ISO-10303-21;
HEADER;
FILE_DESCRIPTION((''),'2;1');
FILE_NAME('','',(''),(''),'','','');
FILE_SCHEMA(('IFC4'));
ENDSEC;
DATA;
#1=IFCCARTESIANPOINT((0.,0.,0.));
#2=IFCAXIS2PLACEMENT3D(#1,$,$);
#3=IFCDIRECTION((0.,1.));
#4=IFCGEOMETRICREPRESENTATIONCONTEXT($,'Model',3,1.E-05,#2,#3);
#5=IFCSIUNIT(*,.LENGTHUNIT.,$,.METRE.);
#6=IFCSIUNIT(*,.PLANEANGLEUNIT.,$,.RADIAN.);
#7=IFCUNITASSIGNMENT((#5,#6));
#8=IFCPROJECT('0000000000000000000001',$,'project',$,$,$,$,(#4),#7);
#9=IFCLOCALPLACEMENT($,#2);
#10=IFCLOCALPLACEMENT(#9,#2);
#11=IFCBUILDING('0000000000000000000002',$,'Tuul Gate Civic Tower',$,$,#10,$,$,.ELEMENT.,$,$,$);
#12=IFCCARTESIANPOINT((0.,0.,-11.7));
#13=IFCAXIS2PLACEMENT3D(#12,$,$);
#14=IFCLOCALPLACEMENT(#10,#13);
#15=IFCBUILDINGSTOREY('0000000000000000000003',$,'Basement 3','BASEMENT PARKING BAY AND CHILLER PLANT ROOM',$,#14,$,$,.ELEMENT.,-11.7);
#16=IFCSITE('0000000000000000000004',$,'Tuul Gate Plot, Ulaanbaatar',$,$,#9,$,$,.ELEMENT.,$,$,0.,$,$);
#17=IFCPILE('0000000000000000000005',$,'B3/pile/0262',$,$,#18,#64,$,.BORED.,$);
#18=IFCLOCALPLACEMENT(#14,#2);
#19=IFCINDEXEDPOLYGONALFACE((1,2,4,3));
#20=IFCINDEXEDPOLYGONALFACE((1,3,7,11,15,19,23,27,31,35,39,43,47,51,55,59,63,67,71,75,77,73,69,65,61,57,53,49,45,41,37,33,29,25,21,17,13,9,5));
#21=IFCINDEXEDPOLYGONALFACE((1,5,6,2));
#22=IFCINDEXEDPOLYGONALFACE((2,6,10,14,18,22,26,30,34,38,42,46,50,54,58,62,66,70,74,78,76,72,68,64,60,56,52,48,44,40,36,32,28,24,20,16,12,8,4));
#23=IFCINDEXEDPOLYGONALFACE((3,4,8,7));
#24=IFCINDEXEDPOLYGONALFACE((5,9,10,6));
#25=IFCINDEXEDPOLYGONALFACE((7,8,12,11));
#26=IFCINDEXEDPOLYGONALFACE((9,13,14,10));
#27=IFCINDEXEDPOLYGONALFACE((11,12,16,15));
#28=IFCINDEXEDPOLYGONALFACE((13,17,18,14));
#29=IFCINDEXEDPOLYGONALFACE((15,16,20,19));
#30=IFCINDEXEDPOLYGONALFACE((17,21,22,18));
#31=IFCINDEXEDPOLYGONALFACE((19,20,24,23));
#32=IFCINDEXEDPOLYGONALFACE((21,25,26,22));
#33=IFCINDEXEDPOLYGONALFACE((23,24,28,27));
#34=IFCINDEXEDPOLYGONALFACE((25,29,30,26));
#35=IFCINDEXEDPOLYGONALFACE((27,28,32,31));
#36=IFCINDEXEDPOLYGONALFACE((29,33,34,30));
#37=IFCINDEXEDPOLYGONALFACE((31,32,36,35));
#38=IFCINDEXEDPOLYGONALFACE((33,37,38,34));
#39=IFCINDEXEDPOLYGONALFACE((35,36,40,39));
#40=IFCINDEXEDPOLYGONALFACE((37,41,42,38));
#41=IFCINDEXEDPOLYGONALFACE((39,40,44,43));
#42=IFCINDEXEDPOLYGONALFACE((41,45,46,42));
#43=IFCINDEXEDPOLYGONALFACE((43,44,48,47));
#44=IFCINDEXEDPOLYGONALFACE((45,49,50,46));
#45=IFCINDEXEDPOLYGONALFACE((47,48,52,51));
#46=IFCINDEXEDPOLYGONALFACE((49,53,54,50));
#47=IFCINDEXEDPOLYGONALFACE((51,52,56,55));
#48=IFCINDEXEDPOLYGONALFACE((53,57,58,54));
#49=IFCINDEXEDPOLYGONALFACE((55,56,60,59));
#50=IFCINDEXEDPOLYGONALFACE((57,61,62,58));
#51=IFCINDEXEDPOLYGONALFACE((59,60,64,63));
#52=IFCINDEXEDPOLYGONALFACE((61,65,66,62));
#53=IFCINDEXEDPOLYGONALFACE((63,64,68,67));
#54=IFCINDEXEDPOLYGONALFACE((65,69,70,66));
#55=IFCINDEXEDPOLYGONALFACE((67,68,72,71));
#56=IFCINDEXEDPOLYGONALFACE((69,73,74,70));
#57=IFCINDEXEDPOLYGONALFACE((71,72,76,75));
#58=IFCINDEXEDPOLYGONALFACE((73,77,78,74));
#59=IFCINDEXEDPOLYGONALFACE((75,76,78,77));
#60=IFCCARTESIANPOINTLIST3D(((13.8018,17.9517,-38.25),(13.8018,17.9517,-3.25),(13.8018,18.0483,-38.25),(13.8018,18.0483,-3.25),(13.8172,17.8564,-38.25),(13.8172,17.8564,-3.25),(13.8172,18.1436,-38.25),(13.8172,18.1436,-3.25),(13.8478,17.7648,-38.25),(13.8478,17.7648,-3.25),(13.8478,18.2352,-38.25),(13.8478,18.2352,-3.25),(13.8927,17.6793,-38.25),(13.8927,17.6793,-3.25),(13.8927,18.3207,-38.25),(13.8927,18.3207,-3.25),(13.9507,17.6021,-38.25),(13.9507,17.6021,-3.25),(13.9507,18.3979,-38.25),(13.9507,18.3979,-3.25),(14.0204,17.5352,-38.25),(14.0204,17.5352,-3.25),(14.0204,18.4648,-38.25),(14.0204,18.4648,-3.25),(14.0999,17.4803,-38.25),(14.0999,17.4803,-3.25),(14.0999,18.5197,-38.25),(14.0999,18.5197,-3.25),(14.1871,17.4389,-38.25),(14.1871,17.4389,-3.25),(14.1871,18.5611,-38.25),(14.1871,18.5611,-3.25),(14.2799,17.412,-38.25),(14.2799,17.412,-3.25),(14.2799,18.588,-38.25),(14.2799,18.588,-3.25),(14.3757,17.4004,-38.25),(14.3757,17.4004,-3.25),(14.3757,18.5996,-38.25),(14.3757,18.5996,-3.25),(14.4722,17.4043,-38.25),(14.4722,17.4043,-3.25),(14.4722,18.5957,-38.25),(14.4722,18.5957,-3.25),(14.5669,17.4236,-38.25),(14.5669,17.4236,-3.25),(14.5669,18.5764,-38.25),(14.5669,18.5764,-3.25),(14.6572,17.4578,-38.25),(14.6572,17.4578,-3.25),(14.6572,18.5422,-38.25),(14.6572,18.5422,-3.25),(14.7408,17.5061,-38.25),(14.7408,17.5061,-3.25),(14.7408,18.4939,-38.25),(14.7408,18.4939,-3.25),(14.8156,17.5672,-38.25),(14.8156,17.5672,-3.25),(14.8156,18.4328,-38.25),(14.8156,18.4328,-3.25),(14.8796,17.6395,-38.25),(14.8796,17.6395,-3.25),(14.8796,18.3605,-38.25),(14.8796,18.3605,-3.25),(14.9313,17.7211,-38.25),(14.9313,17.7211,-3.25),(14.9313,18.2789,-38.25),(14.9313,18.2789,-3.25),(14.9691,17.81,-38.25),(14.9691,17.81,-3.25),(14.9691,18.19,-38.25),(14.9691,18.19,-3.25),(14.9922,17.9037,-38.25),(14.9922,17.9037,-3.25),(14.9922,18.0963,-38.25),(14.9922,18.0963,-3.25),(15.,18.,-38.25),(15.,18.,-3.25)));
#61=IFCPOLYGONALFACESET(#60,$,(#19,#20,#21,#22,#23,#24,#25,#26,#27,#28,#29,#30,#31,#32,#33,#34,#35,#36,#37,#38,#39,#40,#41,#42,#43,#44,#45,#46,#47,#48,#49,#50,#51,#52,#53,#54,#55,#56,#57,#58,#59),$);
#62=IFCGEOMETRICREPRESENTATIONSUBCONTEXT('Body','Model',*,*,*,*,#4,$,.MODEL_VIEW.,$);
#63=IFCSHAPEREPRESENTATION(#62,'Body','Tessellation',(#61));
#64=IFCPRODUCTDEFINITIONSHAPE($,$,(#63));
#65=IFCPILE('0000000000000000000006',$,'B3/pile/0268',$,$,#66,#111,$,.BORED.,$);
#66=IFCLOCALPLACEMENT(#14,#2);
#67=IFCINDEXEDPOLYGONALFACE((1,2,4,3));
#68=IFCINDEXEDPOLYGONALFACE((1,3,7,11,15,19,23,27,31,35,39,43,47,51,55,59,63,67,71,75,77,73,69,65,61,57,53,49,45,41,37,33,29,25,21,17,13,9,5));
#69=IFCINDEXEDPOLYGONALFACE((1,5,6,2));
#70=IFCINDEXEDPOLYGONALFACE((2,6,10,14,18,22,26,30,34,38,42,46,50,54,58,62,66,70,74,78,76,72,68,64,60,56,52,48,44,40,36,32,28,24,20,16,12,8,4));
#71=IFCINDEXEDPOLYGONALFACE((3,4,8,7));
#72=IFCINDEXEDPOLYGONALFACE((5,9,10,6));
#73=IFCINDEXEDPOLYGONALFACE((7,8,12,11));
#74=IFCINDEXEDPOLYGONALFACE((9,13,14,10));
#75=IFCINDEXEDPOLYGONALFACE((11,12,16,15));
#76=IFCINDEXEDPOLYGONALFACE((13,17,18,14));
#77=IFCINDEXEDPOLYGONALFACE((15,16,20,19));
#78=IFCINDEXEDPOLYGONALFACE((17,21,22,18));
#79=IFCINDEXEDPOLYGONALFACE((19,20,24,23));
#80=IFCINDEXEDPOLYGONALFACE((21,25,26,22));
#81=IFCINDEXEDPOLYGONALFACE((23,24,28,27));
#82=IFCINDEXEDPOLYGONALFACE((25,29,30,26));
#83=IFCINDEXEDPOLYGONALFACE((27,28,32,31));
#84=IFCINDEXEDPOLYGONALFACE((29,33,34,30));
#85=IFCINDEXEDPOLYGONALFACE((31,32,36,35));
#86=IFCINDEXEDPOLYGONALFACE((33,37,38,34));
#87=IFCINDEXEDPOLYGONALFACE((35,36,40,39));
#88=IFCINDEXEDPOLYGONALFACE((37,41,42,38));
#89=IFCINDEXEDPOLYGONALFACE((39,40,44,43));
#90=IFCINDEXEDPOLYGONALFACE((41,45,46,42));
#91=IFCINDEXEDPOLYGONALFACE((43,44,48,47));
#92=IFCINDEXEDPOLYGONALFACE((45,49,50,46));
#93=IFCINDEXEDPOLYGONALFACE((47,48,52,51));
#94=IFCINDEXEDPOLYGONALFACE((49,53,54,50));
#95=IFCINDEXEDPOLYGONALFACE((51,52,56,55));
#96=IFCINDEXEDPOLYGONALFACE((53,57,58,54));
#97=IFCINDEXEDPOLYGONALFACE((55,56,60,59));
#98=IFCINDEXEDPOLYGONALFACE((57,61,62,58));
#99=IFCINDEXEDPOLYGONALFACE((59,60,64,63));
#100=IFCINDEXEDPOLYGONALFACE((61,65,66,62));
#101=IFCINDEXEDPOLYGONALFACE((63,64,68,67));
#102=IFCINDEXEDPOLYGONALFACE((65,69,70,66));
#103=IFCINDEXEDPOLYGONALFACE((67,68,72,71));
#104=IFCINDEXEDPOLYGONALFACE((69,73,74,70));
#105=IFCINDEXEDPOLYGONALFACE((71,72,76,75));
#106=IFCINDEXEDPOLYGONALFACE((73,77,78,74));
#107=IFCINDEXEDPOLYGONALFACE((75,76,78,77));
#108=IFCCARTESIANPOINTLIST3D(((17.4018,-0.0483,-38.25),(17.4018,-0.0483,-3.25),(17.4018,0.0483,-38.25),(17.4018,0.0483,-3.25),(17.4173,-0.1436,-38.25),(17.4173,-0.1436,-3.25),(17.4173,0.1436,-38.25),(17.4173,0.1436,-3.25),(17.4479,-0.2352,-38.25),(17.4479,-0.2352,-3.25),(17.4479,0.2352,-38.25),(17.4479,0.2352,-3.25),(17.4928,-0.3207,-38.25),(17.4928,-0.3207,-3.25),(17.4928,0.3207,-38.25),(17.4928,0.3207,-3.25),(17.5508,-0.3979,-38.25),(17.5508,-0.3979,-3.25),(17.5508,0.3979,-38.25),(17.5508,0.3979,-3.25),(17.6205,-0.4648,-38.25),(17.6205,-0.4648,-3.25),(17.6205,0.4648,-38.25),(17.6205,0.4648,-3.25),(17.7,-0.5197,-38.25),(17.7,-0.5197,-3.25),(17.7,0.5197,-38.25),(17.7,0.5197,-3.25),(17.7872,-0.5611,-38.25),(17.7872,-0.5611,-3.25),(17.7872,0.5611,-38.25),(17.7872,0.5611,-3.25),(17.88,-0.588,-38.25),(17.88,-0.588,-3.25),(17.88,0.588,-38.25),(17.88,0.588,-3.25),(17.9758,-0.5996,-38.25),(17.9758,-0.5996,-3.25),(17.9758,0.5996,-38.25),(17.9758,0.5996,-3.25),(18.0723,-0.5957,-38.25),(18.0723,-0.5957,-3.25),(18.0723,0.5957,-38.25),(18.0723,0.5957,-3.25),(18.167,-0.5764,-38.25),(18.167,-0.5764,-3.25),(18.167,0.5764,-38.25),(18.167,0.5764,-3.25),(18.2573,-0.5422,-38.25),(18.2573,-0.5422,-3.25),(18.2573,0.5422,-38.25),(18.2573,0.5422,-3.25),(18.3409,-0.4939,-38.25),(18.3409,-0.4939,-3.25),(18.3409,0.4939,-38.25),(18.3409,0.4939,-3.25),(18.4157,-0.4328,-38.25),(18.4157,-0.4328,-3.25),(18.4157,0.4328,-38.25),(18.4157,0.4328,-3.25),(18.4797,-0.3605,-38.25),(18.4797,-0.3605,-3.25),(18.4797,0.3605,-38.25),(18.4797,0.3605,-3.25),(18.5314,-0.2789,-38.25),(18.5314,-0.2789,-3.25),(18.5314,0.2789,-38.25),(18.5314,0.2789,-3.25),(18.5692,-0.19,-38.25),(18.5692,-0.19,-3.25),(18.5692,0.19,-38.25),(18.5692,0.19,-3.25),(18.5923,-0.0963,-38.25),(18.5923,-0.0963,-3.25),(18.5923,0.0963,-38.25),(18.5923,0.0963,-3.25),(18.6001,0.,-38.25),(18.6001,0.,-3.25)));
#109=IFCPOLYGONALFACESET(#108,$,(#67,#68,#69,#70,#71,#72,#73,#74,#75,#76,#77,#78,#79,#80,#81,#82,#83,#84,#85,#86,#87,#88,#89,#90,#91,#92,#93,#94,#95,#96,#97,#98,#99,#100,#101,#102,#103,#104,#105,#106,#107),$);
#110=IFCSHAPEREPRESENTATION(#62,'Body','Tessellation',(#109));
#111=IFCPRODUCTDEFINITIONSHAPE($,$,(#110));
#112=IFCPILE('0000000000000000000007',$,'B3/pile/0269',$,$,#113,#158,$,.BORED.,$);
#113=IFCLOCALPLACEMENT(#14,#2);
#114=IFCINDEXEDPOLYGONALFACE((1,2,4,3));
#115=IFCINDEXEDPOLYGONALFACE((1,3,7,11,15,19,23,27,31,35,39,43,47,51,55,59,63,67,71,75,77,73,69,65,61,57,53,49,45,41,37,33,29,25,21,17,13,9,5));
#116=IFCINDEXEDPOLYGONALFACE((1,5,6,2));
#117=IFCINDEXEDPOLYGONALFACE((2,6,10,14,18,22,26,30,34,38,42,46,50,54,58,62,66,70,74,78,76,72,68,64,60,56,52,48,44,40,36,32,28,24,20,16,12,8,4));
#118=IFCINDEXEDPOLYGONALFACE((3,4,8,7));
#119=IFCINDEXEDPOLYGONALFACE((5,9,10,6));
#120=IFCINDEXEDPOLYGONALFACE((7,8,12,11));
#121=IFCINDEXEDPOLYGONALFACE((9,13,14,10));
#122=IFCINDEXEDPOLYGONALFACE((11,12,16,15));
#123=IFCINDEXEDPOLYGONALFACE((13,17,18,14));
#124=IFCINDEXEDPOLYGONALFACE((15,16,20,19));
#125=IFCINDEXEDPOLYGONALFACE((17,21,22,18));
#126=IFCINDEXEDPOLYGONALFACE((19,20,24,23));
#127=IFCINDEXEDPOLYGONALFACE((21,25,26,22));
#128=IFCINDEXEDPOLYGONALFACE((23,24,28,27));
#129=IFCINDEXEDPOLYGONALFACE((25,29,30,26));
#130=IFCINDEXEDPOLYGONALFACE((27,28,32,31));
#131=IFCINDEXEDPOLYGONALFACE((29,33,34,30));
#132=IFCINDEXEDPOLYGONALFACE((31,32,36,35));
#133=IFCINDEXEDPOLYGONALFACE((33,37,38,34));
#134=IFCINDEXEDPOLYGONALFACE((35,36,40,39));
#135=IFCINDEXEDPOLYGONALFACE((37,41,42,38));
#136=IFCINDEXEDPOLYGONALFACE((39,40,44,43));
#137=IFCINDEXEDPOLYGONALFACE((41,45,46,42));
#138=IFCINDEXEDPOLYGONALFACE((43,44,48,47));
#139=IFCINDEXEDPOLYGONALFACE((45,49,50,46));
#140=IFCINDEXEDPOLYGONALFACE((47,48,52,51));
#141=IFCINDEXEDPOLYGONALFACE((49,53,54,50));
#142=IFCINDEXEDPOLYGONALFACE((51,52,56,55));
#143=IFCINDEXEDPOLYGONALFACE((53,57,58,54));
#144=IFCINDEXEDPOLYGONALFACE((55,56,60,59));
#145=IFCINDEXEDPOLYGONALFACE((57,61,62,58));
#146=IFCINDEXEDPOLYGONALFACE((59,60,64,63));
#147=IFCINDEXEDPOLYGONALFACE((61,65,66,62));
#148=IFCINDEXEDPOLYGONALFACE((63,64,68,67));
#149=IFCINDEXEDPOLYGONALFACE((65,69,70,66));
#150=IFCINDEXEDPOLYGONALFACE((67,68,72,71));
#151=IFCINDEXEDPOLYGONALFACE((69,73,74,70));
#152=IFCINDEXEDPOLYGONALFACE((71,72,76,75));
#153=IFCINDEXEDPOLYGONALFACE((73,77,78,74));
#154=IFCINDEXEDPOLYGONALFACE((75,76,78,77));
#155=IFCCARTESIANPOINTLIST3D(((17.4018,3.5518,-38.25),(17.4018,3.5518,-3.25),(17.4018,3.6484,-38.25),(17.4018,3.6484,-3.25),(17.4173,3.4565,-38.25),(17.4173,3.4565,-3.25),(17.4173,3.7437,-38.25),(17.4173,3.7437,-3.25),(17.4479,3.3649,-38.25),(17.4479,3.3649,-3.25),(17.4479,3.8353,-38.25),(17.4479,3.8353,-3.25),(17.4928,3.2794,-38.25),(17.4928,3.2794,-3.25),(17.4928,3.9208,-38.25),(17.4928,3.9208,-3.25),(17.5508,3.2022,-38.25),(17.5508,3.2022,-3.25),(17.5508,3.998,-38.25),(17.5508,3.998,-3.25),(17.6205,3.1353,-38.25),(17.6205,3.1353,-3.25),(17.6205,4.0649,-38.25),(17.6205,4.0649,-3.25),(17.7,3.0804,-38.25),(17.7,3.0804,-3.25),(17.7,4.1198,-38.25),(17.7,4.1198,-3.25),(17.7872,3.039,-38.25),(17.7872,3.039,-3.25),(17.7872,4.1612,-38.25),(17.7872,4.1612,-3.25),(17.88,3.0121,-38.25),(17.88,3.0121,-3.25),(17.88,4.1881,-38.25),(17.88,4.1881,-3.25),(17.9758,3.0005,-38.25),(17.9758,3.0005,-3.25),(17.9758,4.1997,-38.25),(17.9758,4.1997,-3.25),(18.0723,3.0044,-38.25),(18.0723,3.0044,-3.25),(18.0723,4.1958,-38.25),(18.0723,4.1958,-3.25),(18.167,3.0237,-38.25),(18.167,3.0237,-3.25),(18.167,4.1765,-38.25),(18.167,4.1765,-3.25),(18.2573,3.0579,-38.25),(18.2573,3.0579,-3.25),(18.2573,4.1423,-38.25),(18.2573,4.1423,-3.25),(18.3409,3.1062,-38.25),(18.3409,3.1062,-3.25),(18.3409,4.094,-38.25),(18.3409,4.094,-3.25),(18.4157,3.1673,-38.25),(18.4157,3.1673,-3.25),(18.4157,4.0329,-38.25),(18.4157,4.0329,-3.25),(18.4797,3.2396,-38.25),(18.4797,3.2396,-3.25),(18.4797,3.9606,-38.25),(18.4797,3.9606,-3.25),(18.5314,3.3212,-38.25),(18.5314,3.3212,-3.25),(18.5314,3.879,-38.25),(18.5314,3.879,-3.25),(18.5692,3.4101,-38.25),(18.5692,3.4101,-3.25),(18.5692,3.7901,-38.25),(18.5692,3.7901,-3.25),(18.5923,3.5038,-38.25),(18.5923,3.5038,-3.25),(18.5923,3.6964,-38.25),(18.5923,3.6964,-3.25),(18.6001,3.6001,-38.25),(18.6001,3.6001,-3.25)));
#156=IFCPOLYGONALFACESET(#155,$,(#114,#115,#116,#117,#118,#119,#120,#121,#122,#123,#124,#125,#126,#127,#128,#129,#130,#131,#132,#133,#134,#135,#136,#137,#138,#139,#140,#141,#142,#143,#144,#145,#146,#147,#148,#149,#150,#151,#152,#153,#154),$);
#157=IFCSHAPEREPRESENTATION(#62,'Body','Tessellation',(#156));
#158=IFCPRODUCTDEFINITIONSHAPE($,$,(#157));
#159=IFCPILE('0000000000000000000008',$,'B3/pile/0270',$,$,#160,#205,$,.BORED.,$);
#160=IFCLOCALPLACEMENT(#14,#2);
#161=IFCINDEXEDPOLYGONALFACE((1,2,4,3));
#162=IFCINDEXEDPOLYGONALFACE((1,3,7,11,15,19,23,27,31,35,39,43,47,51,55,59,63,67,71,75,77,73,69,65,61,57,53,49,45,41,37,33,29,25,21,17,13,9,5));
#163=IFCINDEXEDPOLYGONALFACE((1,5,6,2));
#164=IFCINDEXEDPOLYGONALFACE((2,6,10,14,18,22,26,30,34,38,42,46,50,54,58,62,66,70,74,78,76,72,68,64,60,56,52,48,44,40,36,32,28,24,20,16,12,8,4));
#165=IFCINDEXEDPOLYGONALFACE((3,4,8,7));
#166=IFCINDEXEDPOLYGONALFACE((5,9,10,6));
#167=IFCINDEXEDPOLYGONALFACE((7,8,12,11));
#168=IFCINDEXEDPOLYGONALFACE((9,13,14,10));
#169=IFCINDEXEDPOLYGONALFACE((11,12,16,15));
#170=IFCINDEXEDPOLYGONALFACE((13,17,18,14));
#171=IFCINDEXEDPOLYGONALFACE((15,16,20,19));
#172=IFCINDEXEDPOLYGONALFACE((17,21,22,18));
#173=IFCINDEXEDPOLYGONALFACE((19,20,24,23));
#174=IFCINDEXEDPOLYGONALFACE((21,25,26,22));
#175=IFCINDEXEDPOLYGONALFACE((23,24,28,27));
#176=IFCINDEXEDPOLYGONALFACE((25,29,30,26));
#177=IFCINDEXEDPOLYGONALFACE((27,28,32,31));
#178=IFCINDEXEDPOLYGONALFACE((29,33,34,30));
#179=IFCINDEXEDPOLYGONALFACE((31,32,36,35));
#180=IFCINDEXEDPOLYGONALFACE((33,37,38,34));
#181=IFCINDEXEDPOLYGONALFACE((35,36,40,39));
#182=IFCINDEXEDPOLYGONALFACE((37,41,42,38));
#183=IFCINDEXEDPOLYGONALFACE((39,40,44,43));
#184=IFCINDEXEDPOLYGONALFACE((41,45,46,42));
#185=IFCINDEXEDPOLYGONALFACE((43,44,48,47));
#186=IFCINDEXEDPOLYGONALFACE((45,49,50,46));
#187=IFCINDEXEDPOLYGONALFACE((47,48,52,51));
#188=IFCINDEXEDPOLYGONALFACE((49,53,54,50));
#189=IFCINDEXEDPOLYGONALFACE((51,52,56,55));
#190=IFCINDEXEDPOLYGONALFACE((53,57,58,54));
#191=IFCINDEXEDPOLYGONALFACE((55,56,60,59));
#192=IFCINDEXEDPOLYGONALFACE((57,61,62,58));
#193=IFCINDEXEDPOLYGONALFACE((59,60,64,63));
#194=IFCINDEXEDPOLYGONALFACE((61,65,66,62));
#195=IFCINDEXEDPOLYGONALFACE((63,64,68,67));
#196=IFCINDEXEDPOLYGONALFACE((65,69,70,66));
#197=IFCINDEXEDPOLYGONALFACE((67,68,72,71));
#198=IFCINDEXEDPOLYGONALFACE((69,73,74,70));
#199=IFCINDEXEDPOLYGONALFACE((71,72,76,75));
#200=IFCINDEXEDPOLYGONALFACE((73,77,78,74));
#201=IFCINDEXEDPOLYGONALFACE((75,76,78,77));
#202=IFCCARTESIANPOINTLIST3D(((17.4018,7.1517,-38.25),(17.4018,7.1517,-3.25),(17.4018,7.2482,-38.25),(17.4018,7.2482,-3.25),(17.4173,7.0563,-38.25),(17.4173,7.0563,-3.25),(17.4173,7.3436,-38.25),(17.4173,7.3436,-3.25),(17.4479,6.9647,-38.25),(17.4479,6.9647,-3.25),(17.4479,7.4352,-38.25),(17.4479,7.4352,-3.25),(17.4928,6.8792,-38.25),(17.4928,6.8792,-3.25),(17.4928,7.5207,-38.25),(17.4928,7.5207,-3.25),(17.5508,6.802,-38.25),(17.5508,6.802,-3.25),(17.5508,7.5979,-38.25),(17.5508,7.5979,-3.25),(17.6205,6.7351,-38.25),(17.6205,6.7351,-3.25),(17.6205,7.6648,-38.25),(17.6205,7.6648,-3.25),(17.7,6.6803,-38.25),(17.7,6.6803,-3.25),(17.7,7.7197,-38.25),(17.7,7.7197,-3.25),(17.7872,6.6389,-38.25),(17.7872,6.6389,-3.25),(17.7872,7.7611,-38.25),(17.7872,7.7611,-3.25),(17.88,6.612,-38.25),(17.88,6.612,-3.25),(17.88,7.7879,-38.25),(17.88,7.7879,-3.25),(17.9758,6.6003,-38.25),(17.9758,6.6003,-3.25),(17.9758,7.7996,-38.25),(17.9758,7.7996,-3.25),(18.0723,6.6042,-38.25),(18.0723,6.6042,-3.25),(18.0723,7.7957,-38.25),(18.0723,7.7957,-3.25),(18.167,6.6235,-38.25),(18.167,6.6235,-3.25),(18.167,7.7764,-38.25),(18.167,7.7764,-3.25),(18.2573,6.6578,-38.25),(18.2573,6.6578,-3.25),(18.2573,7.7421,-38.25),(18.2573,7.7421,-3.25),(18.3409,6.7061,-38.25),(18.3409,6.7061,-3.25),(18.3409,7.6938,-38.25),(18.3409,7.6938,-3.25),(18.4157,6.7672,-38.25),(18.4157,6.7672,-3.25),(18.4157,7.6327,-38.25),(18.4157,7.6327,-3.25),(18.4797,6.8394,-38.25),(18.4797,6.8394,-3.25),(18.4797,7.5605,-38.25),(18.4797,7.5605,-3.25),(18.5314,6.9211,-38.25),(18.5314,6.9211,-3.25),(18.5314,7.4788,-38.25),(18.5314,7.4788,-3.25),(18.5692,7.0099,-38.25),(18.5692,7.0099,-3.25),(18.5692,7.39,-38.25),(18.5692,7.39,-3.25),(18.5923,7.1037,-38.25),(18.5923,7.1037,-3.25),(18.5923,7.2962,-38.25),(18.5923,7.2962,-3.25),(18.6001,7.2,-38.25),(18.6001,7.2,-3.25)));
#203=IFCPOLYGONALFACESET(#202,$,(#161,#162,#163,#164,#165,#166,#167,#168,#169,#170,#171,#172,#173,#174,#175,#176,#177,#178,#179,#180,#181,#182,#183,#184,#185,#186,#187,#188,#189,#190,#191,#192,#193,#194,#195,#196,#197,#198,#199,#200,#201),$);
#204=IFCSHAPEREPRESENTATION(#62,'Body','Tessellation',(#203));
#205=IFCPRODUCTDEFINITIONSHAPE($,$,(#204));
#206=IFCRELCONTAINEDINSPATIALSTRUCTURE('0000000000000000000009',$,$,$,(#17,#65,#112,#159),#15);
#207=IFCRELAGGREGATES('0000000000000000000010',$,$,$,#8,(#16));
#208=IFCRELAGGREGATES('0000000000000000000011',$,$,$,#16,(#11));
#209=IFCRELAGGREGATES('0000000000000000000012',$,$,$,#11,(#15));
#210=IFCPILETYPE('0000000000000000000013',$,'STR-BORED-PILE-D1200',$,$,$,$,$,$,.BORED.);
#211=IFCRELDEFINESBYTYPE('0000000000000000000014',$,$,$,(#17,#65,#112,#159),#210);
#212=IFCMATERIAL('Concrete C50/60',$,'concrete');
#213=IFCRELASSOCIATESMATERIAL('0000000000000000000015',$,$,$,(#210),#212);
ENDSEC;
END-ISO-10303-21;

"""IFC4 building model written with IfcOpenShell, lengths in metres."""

from ifc_helpers import new_model, si_unit, direction, frame, origin, origin_2d, place, context, subcontext, project, spatial, circle, extrude, material, material_profile, profile_set, type_object, element, save


model = new_model("IFC4")

# Units and contexts
model_context = context("Model", 3, precision=1e-05, world=origin(), true_north=direction((0.0, 1.0)))
body_context = subcontext(model_context, "Body", "Model", "MODEL_VIEW")
ifc_project = project(units=[si_unit("LENGTHUNIT", "METRE"), si_unit("PLANEANGLEUNIT", "RADIAN")], contexts=[model_context])

# Site, building, storey
site_placement = place(None, origin())
site = spatial("IfcSite", under=ifc_project, at=site_placement, Name="Tuul Gate Plot, Ulaanbaatar", CompositionType="ELEMENT", RefElevation=0.0)
building_placement = place(site_placement, origin())
building = spatial("IfcBuilding", under=site, at=building_placement, Name="Tuul Gate Civic Tower", CompositionType="ELEMENT")
storey_placement = place(building_placement, frame((0.0, 0.0, -11.7)))
storey = spatial("IfcBuildingStorey", under=building, at=storey_placement, Name="Basement 3", Description="BASEMENT PARKING BAY AND CHILLER PLANT ROOM", CompositionType="ELEMENT", Elevation=-11.7)

# Piles
ifc_material_1 = material(Name="Concrete C50/60", Category="concrete")
ifc_material_profile_1 = material_profile(ifc_material_1, circle(Radius=0.6001, at=origin_2d()), Name="PILE1200")
ifc_profile_set_1 = profile_set([ifc_material_profile_1], Name="Concrete C50/60")
pile_type = type_object("IfcPileType", Name="STR-BORED-PILE-D1200", PredefinedType="BORED", material=ifc_profile_set_1)
for number, where, z_axis, x_axis, name in (
    (1, (14.3999, 18.0, -3.25), (0.0, 0.0, -1.0), (1.0, 0.0, 0.0), "B3/pile/0262"),
    (2, (18.0, 0.0, -3.25), (0.0, 0.0, -1.0), (1.0, 0.0, 0.0), "B3/pile/0268"),
    (3, (18.0, 3.6001, -3.25), (0.0, 0.0, -1.0), (1.0, 0.0, 0.0), "B3/pile/0269"),
    (4, (18.0, 7.2, -3.25), (0.0, 0.0, -1.0), (1.0, 0.0, 0.0), "B3/pile/0270"),
):
    element("IfcPile", number, at=place(storey_placement, frame(where, z_axis=z_axis, x_axis=x_axis)), inside=storey, type_object=pile_type, Name=name, PredefinedType="BORED", context=body_context, shape_type="SweptSolid", body=[
        extrude(circle(Radius=0.6001, at=origin_2d()), origin(), (0.0, 0.0, 1.0), 35.0),
    ])

save(model, "model.ifc")
